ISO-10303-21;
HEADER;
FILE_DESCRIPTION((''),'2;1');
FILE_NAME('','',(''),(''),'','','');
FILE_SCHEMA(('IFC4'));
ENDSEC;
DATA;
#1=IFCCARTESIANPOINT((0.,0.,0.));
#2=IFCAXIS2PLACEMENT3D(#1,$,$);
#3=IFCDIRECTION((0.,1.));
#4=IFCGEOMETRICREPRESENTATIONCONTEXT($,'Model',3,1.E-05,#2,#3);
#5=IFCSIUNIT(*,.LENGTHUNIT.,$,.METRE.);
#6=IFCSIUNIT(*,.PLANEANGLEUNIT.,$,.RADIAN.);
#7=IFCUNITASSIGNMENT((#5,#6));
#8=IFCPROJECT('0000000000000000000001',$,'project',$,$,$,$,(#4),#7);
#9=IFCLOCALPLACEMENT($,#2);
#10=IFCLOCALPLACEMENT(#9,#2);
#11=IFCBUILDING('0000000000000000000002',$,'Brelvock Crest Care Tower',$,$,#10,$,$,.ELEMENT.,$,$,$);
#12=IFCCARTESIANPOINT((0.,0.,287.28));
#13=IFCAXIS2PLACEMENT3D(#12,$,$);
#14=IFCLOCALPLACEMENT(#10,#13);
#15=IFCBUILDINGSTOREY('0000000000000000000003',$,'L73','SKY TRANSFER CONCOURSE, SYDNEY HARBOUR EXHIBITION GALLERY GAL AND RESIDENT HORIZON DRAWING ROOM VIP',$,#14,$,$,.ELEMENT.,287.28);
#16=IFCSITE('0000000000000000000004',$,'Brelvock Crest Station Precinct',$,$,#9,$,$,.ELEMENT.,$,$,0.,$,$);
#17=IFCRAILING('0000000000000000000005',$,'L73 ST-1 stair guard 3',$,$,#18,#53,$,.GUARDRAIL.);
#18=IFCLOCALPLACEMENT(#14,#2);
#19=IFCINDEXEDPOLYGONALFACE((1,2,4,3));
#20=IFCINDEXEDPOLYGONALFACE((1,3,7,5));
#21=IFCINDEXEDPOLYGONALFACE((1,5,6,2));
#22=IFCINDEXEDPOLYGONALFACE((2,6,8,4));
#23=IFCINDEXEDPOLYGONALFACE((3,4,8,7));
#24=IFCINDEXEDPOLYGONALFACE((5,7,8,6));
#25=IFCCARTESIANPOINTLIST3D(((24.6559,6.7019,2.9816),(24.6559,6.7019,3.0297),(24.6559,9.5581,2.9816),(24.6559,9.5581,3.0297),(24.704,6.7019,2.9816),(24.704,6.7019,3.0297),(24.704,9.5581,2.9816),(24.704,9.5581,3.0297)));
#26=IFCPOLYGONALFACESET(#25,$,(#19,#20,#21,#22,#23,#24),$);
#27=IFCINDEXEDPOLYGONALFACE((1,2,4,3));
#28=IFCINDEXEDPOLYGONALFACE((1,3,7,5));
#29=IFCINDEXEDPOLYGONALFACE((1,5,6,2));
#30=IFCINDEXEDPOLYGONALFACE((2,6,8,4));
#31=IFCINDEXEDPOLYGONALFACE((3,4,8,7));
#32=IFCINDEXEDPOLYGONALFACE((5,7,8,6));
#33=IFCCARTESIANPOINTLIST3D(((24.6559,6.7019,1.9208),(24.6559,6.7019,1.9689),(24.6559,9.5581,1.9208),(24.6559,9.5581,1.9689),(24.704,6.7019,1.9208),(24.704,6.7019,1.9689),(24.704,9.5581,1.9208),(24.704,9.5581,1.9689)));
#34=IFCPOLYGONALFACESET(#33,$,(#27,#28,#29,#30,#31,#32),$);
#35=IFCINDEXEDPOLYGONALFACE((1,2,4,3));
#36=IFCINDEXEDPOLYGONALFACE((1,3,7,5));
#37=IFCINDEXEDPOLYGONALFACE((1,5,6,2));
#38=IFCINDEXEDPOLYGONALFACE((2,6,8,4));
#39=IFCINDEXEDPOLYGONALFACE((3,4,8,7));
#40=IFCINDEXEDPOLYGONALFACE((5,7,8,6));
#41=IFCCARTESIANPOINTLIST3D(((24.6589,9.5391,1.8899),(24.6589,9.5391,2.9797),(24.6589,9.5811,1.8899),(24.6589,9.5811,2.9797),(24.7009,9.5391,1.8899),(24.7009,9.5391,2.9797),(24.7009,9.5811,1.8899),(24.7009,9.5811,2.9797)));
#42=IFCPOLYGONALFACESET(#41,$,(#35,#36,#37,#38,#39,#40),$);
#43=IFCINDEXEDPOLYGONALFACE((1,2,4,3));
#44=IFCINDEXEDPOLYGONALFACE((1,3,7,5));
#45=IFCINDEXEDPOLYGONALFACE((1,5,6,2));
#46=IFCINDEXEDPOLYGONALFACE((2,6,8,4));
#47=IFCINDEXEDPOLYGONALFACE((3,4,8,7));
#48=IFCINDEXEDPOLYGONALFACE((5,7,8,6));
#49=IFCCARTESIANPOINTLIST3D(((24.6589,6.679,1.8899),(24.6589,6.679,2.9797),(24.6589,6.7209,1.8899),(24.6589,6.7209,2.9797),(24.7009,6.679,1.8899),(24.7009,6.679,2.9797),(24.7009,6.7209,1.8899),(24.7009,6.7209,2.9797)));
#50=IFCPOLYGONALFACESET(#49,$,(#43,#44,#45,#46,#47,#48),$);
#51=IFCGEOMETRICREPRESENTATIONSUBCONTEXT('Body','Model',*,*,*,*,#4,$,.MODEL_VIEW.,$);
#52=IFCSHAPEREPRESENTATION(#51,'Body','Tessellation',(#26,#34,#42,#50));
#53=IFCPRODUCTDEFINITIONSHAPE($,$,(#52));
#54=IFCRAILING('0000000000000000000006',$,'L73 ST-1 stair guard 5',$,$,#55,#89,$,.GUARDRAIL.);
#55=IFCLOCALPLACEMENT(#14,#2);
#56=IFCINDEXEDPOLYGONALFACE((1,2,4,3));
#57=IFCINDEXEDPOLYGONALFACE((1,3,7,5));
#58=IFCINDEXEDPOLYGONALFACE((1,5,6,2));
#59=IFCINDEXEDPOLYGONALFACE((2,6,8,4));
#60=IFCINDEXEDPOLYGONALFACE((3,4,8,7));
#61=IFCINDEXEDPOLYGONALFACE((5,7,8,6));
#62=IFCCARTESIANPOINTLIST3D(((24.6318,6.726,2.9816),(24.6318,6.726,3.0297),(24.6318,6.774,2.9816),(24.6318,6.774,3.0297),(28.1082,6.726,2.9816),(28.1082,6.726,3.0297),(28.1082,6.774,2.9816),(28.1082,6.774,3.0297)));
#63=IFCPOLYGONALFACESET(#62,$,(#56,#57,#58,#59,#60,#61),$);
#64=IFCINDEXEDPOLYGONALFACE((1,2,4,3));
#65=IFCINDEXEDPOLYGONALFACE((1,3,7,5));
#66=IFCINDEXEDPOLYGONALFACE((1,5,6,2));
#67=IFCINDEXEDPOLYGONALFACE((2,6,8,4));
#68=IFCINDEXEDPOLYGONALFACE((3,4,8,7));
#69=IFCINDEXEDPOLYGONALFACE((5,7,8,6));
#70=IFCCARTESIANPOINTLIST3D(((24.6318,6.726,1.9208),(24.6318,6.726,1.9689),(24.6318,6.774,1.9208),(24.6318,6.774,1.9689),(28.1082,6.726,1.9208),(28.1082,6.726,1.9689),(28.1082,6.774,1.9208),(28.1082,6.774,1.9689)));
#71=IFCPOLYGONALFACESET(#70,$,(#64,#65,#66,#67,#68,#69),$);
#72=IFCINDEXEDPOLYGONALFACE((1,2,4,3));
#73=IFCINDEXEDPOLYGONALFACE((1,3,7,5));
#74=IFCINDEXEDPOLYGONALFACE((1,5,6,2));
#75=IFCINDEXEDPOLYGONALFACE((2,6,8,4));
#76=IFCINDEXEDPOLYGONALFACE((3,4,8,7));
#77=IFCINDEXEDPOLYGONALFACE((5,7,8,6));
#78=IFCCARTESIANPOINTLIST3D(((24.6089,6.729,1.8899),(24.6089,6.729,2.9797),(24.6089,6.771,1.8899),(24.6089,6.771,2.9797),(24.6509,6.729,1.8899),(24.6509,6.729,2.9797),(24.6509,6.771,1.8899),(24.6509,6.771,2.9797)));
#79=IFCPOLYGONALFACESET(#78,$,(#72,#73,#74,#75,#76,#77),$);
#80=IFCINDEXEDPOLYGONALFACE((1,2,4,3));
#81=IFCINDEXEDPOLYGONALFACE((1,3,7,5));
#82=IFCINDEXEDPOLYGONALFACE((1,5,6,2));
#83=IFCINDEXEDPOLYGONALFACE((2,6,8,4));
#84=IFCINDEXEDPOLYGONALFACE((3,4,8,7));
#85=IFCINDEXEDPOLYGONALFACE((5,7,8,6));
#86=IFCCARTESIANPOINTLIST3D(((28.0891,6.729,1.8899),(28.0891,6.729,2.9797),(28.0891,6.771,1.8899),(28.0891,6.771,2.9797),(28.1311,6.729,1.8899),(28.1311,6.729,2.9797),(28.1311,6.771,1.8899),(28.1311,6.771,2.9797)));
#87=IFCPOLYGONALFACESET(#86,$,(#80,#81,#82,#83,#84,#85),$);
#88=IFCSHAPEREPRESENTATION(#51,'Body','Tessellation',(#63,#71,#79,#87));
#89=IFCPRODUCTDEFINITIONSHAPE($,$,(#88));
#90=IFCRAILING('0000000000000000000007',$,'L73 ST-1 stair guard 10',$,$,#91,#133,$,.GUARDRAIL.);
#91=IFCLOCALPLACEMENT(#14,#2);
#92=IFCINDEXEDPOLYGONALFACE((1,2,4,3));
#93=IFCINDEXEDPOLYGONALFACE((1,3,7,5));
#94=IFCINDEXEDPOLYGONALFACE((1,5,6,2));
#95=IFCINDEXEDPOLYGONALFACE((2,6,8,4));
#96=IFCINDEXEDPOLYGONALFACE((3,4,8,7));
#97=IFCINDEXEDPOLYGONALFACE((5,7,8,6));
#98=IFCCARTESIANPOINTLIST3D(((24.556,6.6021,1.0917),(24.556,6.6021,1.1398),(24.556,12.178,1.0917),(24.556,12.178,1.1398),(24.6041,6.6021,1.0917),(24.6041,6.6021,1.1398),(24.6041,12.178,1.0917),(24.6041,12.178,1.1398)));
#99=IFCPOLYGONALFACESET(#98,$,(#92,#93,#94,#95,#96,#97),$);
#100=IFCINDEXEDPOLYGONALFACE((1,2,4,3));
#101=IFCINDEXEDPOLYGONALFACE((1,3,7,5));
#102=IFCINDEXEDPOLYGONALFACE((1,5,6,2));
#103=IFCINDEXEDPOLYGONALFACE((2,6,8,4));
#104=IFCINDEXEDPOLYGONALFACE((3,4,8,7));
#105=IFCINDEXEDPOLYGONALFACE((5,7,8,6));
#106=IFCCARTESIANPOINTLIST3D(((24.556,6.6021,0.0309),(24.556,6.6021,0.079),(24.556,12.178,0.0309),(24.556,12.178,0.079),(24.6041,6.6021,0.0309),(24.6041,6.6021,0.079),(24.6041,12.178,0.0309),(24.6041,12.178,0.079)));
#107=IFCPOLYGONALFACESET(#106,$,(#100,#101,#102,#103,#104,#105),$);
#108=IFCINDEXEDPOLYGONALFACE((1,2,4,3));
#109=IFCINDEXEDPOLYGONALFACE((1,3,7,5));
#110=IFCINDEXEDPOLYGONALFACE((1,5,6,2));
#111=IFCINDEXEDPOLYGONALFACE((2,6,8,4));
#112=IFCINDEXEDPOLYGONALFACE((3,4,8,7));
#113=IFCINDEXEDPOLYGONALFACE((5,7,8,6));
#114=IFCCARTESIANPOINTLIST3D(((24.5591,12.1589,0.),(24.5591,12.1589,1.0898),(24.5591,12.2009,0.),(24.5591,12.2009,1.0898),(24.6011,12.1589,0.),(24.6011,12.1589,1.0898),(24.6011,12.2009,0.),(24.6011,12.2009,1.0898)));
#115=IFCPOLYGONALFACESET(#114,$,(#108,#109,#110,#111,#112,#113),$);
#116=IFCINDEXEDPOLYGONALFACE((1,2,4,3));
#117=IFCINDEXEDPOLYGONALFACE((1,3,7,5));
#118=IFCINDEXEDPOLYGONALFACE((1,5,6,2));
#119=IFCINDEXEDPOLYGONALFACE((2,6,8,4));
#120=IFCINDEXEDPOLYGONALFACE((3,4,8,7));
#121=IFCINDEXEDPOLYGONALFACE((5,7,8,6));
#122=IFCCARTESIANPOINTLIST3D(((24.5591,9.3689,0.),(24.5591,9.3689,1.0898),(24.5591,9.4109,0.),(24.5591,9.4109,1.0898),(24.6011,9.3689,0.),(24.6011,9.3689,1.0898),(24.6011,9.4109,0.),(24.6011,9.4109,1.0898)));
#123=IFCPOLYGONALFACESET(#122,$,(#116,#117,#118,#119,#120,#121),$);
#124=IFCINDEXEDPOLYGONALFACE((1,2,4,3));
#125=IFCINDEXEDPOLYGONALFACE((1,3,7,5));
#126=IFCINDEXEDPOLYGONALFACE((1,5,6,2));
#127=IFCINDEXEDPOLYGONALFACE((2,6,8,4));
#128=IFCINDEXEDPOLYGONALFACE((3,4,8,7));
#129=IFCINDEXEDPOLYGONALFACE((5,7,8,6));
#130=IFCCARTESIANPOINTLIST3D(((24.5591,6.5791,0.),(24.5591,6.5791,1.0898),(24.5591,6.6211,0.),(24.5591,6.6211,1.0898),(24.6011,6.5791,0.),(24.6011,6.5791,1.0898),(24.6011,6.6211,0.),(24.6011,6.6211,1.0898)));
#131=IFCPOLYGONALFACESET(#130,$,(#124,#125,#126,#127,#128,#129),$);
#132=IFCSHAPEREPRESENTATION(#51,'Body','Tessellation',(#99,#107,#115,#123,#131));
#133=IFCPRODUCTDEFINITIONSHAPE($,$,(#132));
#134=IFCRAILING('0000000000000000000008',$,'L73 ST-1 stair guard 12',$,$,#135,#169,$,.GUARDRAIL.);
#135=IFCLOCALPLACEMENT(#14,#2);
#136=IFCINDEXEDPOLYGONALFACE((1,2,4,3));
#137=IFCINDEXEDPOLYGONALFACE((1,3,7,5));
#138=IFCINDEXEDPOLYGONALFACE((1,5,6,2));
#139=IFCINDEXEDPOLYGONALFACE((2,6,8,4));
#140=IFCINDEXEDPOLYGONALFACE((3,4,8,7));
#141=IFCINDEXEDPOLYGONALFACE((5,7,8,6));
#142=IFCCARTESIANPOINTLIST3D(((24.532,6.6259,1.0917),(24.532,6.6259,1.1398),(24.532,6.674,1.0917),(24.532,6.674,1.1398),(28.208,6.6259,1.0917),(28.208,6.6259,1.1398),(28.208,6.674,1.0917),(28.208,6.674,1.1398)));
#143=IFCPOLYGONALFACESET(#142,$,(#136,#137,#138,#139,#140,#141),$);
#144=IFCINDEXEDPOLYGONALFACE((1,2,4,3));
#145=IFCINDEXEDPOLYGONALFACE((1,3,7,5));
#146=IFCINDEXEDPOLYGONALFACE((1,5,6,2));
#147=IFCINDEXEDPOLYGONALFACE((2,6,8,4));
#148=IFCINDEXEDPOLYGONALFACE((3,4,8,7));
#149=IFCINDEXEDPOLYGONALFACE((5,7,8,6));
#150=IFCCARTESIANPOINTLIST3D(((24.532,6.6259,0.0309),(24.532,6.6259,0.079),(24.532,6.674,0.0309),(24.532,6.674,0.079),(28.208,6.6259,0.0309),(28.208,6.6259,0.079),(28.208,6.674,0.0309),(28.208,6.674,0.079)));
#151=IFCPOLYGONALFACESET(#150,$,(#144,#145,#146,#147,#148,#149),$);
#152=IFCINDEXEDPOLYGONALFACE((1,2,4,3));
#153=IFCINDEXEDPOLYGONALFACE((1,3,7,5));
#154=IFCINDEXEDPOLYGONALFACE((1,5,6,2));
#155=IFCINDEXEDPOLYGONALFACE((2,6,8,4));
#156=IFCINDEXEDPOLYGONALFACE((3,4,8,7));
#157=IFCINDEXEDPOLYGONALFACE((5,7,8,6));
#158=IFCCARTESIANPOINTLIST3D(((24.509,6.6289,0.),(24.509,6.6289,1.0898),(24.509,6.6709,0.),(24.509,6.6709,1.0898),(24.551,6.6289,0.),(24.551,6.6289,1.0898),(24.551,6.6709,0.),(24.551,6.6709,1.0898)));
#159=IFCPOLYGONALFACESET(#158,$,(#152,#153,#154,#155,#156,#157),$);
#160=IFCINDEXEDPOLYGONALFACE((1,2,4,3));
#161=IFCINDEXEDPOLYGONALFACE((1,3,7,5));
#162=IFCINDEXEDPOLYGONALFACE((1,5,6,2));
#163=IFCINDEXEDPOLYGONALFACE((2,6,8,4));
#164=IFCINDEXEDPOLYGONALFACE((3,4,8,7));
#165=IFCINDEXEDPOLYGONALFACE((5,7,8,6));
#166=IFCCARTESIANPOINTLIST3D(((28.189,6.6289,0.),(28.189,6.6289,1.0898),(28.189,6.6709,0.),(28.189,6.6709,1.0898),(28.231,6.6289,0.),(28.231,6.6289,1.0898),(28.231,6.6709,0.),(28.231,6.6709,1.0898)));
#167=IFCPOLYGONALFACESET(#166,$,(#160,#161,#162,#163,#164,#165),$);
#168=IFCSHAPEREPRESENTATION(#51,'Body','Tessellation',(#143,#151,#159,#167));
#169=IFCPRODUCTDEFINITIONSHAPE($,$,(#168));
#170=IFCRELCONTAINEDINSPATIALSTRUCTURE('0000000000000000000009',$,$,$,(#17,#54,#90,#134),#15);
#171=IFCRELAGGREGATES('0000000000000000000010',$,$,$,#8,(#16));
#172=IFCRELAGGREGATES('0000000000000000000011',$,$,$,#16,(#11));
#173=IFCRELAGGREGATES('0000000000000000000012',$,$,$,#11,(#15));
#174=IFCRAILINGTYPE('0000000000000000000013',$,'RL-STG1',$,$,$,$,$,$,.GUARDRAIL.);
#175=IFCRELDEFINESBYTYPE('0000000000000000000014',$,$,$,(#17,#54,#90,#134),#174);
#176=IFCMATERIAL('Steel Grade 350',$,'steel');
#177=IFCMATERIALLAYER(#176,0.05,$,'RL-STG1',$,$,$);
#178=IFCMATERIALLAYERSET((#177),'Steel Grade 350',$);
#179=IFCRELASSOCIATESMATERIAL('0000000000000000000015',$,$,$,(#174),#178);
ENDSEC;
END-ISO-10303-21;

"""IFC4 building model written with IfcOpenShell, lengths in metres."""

from ifc_helpers import new_model, si_unit, direction, frame, origin, origin_2d, place, context, subcontext, project, spatial, rectangle, extrude, material, layer, layer_set, type_object, element, save


model = new_model("IFC4")

# Units and contexts
model_context = context("Model", 3, precision=1e-05, world=origin(), true_north=direction((0.0, 1.0)))
body_context = subcontext(model_context, "Body", "Model", "MODEL_VIEW")
ifc_project = project(units=[si_unit("LENGTHUNIT", "METRE"), si_unit("PLANEANGLEUNIT", "RADIAN")], contexts=[model_context])

# Site, building, storey
site_placement = place(None, origin())
site = spatial("IfcSite", under=ifc_project, at=site_placement, Name="Brelvock Crest Station Precinct", CompositionType="ELEMENT", RefElevation=0.0)
building_placement = place(site_placement, origin())
building = spatial("IfcBuilding", under=site, at=building_placement, Name="Brelvock Crest Care Tower", CompositionType="ELEMENT")
storey_placement = place(building_placement, frame((0.0, 0.0, 287.28)))
storey = spatial("IfcBuildingStorey", under=building, at=storey_placement, Name="L73", Description="SKY TRANSFER CONCOURSE, SYDNEY HARBOUR EXHIBITION GALLERY GAL AND RESIDENT HORIZON DRAWING ROOM VIP", CompositionType="ELEMENT", Elevation=287.28)

# Shared definitions
ifc_material_1 = material(Name="Steel Grade 350", Category="steel")

# Railings
ifc_layer_1 = layer(ifc_material_1, 0.05, Name="RL-STG1")
ifc_layer_set_1 = layer_set([ifc_layer_1], Name="Steel Grade 350")
railing_type = type_object("IfcRailingType", Name="RL-STG1", PredefinedType="GUARDRAIL", material=ifc_layer_set_1)
railing_1_placement = place(storey_placement, frame((24.6799, 9.5601, 1.8899)))
element("IfcRailing", 1, at=railing_1_placement, inside=storey, type_object=railing_type, Name="L73 ST-1 stair guard 3", PredefinedType="GUARDRAIL", context=body_context, shape_type="SweptSolid", body=[
    extrude(rectangle(XDim=0.0481, YDim=0.0481, at=origin_2d()), frame((0.0, -0.002, 1.1157), z_axis=(0.0, -1.0, 0.0), x_axis=(1.0, 0.0, 0.0)), (0.0, 0.0, 1.0), 2.8562),
    extrude(rectangle(XDim=0.0481, YDim=0.0481, at=origin_2d()), frame((0.0, -0.002, 0.0549), z_axis=(0.0, -1.0, 0.0), x_axis=(1.0, 0.0, 0.0)), (0.0, 0.0, 1.0), 2.8562),
    extrude(rectangle(XDim=0.042, YDim=0.042, at=origin_2d()), origin(), (0.0, 0.0, 1.0), 1.0898),
    extrude(rectangle(XDim=0.042, YDim=0.042, at=origin_2d()), frame((0.0, -2.8601, 0.0)), (0.0, 0.0, 1.0), 1.0898),
])
railing_2_placement = place(storey_placement, frame((24.6299, 6.75, 1.8899)))
element("IfcRailing", 2, at=railing_2_placement, inside=storey, type_object=railing_type, Name="L73 ST-1 stair guard 5", PredefinedType="GUARDRAIL", context=body_context, shape_type="SweptSolid", body=[
    extrude(rectangle(XDim=0.0481, YDim=0.0481, at=origin_2d()), frame((0.002, 0.0, 1.1157), z_axis=(1.0, 0.0, 0.0), x_axis=(0.0, 1.0, 0.0)), (0.0, 0.0, 1.0), 3.4763),
    extrude(rectangle(XDim=0.0481, YDim=0.0481, at=origin_2d()), frame((0.002, 0.0, 0.0549), z_axis=(1.0, 0.0, 0.0), x_axis=(0.0, 1.0, 0.0)), (0.0, 0.0, 1.0), 3.4763),
    extrude(rectangle(XDim=0.042, YDim=0.042, at=origin_2d()), origin(), (0.0, 0.0, 1.0), 1.0898),
    extrude(rectangle(XDim=0.042, YDim=0.042, at=origin_2d()), frame((3.4802, 0.0, 0.0)), (0.0, 0.0, 1.0), 1.0898),
])
railing_3_placement = place(storey_placement, frame((24.5801, 12.1799, 0.0)))
element("IfcRailing", 3, at=railing_3_placement, inside=storey, type_object=railing_type, Name="L73 ST-1 stair guard 10", PredefinedType="GUARDRAIL", context=body_context, shape_type="SweptSolid", body=[
    extrude(rectangle(XDim=0.0481, YDim=0.0481, at=origin_2d()), frame((0.0, -0.002, 1.1157), z_axis=(0.0, -1.0, 0.0), x_axis=(1.0, 0.0, 0.0)), (0.0, 0.0, 1.0), 5.5759),
    extrude(rectangle(XDim=0.0481, YDim=0.0481, at=origin_2d()), frame((0.0, -0.002, 0.0549), z_axis=(0.0, -1.0, 0.0), x_axis=(1.0, 0.0, 0.0)), (0.0, 0.0, 1.0), 5.5759),
    extrude(rectangle(XDim=0.042, YDim=0.042, at=origin_2d()), origin(), (0.0, 0.0, 1.0), 1.0898),
    extrude(rectangle(XDim=0.042, YDim=0.042, at=origin_2d()), frame((0.0, -2.79, 0.0)), (0.0, 0.0, 1.0), 1.0898),
    extrude(rectangle(XDim=0.042, YDim=0.042, at=origin_2d()), frame((0.0, -5.5798, 0.0)), (0.0, 0.0, 1.0), 1.0898),
])
railing_4_placement = place(storey_placement, frame((24.53, 6.6499, 0.0)))
element("IfcRailing", 4, at=railing_4_placement, inside=storey, type_object=railing_type, Name="L73 ST-1 stair guard 12", PredefinedType="GUARDRAIL", context=body_context, shape_type="SweptSolid", body=[
    extrude(rectangle(XDim=0.0481, YDim=0.0481, at=origin_2d()), frame((0.002, 0.0, 1.1157), z_axis=(1.0, 0.0, 0.0), x_axis=(0.0, 1.0, 0.0)), (0.0, 0.0, 1.0), 3.676),
    extrude(rectangle(XDim=0.0481, YDim=0.0481, at=origin_2d()), frame((0.002, 0.0, 0.0549), z_axis=(1.0, 0.0, 0.0), x_axis=(0.0, 1.0, 0.0)), (0.0, 0.0, 1.0), 3.676),
    extrude(rectangle(XDim=0.042, YDim=0.042, at=origin_2d()), origin(), (0.0, 0.0, 1.0), 1.0898),
    extrude(rectangle(XDim=0.042, YDim=0.042, at=origin_2d()), frame((3.6799, 0.0, 0.0)), (0.0, 0.0, 1.0), 1.0898),
])

save(model, "model.ifc")
